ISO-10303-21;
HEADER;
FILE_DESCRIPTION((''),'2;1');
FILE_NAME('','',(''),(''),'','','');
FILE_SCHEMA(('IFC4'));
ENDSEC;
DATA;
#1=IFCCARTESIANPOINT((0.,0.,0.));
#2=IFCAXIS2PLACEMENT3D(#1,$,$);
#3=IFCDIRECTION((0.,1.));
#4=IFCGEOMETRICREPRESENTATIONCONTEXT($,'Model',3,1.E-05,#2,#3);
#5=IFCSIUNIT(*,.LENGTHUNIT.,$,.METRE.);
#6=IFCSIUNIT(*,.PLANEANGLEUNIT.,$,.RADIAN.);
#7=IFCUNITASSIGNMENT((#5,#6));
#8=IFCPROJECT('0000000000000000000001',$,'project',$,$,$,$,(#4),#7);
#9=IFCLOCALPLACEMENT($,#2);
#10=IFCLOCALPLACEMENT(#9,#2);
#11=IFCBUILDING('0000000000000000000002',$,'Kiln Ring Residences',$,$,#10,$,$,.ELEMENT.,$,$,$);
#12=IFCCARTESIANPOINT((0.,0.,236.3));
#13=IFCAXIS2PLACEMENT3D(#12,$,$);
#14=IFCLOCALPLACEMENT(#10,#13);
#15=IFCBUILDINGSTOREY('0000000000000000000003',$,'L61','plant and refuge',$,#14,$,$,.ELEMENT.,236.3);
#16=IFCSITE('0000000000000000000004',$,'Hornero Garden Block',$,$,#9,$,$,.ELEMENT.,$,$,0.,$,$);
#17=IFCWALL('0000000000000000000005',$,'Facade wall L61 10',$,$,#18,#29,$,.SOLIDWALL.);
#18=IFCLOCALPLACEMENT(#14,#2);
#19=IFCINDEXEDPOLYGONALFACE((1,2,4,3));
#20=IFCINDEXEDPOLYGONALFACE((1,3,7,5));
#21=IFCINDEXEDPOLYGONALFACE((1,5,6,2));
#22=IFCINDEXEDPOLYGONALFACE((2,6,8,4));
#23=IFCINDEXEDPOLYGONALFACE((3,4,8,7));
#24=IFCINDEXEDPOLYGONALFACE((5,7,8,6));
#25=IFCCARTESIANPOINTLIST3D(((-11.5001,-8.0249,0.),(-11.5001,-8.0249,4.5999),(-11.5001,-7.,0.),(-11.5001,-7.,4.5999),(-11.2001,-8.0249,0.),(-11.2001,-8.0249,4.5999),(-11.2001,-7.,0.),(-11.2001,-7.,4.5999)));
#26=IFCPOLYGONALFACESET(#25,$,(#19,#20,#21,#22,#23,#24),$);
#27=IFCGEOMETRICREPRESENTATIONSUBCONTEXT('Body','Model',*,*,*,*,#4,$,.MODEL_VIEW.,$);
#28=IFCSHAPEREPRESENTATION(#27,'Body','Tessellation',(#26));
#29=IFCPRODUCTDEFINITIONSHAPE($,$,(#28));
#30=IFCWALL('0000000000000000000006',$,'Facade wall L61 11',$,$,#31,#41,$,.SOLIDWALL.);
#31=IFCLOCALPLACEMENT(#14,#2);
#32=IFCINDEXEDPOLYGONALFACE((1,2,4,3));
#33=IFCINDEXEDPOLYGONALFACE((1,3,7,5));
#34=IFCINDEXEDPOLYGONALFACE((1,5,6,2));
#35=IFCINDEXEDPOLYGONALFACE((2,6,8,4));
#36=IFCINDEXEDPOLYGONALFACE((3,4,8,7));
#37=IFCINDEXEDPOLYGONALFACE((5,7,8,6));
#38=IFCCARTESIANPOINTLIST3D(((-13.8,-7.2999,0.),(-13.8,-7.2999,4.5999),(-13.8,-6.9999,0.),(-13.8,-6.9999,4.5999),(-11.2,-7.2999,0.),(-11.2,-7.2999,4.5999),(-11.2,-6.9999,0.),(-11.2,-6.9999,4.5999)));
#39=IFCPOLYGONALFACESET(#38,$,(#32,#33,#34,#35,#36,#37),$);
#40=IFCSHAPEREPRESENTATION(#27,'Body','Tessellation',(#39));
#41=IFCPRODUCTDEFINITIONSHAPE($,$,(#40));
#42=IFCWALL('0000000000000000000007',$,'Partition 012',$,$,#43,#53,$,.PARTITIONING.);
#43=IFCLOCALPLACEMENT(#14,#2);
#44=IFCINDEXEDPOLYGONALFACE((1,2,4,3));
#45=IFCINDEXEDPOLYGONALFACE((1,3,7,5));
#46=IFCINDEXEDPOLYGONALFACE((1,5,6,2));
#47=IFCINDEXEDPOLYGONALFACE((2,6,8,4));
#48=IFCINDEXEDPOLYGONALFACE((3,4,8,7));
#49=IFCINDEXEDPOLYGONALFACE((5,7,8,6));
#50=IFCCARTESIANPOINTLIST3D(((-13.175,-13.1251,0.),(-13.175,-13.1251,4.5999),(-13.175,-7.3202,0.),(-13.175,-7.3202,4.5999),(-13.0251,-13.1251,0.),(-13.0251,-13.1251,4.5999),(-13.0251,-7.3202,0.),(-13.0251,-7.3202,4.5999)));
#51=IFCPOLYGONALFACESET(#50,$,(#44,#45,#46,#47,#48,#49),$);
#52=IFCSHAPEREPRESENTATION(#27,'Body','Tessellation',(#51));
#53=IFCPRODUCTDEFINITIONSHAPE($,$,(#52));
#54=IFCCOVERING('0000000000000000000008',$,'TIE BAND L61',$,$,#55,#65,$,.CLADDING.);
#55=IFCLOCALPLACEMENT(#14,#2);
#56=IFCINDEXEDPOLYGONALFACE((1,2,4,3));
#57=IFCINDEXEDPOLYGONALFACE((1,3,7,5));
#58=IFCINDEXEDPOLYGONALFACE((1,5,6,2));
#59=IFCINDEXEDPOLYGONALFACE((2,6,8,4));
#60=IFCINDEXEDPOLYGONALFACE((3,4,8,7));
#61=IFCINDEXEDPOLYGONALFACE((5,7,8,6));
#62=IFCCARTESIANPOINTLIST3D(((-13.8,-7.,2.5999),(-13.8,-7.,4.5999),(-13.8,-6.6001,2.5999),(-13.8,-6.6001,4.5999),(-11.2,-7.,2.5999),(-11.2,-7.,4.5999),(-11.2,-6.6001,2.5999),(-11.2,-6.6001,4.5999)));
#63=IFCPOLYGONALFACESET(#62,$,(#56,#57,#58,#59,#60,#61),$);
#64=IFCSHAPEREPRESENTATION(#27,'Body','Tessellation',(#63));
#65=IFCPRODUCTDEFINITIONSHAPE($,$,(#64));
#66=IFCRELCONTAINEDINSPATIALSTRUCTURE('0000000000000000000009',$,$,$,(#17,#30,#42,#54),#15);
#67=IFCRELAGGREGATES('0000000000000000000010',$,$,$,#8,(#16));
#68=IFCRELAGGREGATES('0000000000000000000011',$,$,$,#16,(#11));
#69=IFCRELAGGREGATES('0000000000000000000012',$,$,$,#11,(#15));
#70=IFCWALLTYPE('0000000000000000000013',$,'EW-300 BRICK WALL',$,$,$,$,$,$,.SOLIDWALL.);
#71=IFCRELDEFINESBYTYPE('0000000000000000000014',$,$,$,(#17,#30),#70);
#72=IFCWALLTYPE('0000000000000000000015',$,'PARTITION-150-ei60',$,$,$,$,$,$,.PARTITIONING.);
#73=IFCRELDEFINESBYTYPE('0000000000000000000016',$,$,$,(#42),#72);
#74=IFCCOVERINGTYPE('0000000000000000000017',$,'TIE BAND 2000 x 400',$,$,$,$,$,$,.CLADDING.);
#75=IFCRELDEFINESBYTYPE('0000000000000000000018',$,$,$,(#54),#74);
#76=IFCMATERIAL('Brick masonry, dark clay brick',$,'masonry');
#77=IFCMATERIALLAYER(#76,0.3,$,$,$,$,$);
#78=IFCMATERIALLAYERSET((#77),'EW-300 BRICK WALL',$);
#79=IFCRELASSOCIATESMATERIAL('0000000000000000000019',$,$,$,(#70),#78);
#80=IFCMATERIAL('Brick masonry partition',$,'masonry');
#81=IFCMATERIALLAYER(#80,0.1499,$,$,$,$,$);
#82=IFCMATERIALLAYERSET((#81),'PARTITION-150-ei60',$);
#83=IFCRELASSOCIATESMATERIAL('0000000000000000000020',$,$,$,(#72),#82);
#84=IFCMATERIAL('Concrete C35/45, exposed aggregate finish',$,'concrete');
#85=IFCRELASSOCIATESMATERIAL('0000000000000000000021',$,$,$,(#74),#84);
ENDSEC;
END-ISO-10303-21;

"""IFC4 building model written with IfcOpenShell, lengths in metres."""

from ifc_helpers import new_model, si_unit, direction, frame, frame_2d, origin, origin_2d, place, context, subcontext, project, spatial, rectangle, extrude, material, layer, layer_set, type_object, element, save


model = new_model("IFC4")

# Units and contexts
model_context = context("Model", 3, precision=1e-05, world=origin(), true_north=direction((0.0, 1.0)))
body_context = subcontext(model_context, "Body", "Model", "MODEL_VIEW")
ifc_project = project(units=[si_unit("LENGTHUNIT", "METRE"), si_unit("PLANEANGLEUNIT", "RADIAN")], contexts=[model_context])

# Site, building, storey
site_placement = place(None, origin())
site = spatial("IfcSite", under=ifc_project, at=site_placement, Name="Hornero Garden Block", CompositionType="ELEMENT", RefElevation=0.0)
building_placement = place(site_placement, origin())
building = spatial("IfcBuilding", under=site, at=building_placement, Name="Kiln Ring Residences", CompositionType="ELEMENT")
storey_placement = place(building_placement, frame((0.0, 0.0, 236.3)))
storey = spatial("IfcBuildingStorey", under=building, at=storey_placement, Name="L61", Description="plant and refuge", CompositionType="ELEMENT", Elevation=236.3)

# Walls
ifc_material_1 = material(Name="Brick masonry, dark clay brick", Category="masonry")
ifc_layer_1 = layer(ifc_material_1, 0.3)
ifc_layer_set_1 = layer_set([ifc_layer_1], Name="EW-300 BRICK WALL")
wall_type_1 = type_object("IfcWallType", Name="EW-300 BRICK WALL", PredefinedType="SOLIDWALL", material=ifc_layer_set_1)
wall_1_placement = place(storey_placement, frame((-11.3501, -8.0249, 0.0), z_axis=(0.0, 0.0, 1.0), x_axis=(0.0, 1.0, 0.0)))
element("IfcWall", 1, at=wall_1_placement, inside=storey, type_object=wall_type_1, Name="Facade wall L61 10", PredefinedType="SOLIDWALL", context=body_context, shape_type="SweptSolid", body=[
    extrude(rectangle(XDim=1.0249, YDim=0.3, at=frame_2d((0.5125, 0.0))), origin(), (0.0, 0.0, 1.0), 4.5999),
])
wall_2_placement = place(storey_placement, frame((-11.2, -7.1499, 0.0), z_axis=(0.0, 0.0, 1.0), x_axis=(-1.0, 0.0, 0.0)))
element("IfcWall", 2, at=wall_2_placement, inside=storey, type_object=wall_type_1, Name="Facade wall L61 11", PredefinedType="SOLIDWALL", context=body_context, shape_type="SweptSolid", body=[
    extrude(rectangle(XDim=2.6001, YDim=0.3, at=frame_2d((1.3, 0.0))), origin(), (0.0, 0.0, 1.0), 4.5999),
])
ifc_material_2 = material(Name="Brick masonry partition", Category="masonry")
ifc_layer_2 = layer(ifc_material_2, 0.1499)
ifc_layer_set_2 = layer_set([ifc_layer_2], Name="PARTITION-150-ei60")
wall_type_2 = type_object("IfcWallType", Name="PARTITION-150-ei60", PredefinedType="PARTITIONING", material=ifc_layer_set_2)
wall_3_placement = place(storey_placement, frame((-13.1001, -13.125, 0.0), z_axis=(0.0, 0.0, 1.0), x_axis=(0.0, 1.0, 0.0)))
element("IfcWall", 3, at=wall_3_placement, inside=storey, type_object=wall_type_2, Name="Partition 012", PredefinedType="PARTITIONING", context=body_context, shape_type="SweptSolid", body=[
    extrude(rectangle(XDim=5.8049, YDim=0.1499, at=frame_2d((2.9023, 0.0))), origin(), (0.0, 0.0, 1.0), 4.5999),
])

# Covering
ifc_material_3 = material(Name="Concrete C35/45, exposed aggregate finish", Category="concrete")
covering_type = type_object("IfcCoveringType", Name="TIE BAND 2000 x 400", PredefinedType="CLADDING", material=ifc_material_3)
covering_placement = place(storey_placement, frame((-12.5, -6.8, 2.5999), z_axis=(0.0, 0.0, 1.0), x_axis=(-1.0, 0.0, 0.0)))
element("IfcCovering", 4, at=covering_placement, inside=storey, type_object=covering_type, Name="TIE BAND L61", PredefinedType="CLADDING", context=body_context, shape_type="SweptSolid", body=[
    extrude(rectangle(XDim=2.6001, YDim=0.3999, at=origin_2d()), origin(), (0.0, 0.0, 1.0), 2.0),
])

save(model, "model.ifc")
